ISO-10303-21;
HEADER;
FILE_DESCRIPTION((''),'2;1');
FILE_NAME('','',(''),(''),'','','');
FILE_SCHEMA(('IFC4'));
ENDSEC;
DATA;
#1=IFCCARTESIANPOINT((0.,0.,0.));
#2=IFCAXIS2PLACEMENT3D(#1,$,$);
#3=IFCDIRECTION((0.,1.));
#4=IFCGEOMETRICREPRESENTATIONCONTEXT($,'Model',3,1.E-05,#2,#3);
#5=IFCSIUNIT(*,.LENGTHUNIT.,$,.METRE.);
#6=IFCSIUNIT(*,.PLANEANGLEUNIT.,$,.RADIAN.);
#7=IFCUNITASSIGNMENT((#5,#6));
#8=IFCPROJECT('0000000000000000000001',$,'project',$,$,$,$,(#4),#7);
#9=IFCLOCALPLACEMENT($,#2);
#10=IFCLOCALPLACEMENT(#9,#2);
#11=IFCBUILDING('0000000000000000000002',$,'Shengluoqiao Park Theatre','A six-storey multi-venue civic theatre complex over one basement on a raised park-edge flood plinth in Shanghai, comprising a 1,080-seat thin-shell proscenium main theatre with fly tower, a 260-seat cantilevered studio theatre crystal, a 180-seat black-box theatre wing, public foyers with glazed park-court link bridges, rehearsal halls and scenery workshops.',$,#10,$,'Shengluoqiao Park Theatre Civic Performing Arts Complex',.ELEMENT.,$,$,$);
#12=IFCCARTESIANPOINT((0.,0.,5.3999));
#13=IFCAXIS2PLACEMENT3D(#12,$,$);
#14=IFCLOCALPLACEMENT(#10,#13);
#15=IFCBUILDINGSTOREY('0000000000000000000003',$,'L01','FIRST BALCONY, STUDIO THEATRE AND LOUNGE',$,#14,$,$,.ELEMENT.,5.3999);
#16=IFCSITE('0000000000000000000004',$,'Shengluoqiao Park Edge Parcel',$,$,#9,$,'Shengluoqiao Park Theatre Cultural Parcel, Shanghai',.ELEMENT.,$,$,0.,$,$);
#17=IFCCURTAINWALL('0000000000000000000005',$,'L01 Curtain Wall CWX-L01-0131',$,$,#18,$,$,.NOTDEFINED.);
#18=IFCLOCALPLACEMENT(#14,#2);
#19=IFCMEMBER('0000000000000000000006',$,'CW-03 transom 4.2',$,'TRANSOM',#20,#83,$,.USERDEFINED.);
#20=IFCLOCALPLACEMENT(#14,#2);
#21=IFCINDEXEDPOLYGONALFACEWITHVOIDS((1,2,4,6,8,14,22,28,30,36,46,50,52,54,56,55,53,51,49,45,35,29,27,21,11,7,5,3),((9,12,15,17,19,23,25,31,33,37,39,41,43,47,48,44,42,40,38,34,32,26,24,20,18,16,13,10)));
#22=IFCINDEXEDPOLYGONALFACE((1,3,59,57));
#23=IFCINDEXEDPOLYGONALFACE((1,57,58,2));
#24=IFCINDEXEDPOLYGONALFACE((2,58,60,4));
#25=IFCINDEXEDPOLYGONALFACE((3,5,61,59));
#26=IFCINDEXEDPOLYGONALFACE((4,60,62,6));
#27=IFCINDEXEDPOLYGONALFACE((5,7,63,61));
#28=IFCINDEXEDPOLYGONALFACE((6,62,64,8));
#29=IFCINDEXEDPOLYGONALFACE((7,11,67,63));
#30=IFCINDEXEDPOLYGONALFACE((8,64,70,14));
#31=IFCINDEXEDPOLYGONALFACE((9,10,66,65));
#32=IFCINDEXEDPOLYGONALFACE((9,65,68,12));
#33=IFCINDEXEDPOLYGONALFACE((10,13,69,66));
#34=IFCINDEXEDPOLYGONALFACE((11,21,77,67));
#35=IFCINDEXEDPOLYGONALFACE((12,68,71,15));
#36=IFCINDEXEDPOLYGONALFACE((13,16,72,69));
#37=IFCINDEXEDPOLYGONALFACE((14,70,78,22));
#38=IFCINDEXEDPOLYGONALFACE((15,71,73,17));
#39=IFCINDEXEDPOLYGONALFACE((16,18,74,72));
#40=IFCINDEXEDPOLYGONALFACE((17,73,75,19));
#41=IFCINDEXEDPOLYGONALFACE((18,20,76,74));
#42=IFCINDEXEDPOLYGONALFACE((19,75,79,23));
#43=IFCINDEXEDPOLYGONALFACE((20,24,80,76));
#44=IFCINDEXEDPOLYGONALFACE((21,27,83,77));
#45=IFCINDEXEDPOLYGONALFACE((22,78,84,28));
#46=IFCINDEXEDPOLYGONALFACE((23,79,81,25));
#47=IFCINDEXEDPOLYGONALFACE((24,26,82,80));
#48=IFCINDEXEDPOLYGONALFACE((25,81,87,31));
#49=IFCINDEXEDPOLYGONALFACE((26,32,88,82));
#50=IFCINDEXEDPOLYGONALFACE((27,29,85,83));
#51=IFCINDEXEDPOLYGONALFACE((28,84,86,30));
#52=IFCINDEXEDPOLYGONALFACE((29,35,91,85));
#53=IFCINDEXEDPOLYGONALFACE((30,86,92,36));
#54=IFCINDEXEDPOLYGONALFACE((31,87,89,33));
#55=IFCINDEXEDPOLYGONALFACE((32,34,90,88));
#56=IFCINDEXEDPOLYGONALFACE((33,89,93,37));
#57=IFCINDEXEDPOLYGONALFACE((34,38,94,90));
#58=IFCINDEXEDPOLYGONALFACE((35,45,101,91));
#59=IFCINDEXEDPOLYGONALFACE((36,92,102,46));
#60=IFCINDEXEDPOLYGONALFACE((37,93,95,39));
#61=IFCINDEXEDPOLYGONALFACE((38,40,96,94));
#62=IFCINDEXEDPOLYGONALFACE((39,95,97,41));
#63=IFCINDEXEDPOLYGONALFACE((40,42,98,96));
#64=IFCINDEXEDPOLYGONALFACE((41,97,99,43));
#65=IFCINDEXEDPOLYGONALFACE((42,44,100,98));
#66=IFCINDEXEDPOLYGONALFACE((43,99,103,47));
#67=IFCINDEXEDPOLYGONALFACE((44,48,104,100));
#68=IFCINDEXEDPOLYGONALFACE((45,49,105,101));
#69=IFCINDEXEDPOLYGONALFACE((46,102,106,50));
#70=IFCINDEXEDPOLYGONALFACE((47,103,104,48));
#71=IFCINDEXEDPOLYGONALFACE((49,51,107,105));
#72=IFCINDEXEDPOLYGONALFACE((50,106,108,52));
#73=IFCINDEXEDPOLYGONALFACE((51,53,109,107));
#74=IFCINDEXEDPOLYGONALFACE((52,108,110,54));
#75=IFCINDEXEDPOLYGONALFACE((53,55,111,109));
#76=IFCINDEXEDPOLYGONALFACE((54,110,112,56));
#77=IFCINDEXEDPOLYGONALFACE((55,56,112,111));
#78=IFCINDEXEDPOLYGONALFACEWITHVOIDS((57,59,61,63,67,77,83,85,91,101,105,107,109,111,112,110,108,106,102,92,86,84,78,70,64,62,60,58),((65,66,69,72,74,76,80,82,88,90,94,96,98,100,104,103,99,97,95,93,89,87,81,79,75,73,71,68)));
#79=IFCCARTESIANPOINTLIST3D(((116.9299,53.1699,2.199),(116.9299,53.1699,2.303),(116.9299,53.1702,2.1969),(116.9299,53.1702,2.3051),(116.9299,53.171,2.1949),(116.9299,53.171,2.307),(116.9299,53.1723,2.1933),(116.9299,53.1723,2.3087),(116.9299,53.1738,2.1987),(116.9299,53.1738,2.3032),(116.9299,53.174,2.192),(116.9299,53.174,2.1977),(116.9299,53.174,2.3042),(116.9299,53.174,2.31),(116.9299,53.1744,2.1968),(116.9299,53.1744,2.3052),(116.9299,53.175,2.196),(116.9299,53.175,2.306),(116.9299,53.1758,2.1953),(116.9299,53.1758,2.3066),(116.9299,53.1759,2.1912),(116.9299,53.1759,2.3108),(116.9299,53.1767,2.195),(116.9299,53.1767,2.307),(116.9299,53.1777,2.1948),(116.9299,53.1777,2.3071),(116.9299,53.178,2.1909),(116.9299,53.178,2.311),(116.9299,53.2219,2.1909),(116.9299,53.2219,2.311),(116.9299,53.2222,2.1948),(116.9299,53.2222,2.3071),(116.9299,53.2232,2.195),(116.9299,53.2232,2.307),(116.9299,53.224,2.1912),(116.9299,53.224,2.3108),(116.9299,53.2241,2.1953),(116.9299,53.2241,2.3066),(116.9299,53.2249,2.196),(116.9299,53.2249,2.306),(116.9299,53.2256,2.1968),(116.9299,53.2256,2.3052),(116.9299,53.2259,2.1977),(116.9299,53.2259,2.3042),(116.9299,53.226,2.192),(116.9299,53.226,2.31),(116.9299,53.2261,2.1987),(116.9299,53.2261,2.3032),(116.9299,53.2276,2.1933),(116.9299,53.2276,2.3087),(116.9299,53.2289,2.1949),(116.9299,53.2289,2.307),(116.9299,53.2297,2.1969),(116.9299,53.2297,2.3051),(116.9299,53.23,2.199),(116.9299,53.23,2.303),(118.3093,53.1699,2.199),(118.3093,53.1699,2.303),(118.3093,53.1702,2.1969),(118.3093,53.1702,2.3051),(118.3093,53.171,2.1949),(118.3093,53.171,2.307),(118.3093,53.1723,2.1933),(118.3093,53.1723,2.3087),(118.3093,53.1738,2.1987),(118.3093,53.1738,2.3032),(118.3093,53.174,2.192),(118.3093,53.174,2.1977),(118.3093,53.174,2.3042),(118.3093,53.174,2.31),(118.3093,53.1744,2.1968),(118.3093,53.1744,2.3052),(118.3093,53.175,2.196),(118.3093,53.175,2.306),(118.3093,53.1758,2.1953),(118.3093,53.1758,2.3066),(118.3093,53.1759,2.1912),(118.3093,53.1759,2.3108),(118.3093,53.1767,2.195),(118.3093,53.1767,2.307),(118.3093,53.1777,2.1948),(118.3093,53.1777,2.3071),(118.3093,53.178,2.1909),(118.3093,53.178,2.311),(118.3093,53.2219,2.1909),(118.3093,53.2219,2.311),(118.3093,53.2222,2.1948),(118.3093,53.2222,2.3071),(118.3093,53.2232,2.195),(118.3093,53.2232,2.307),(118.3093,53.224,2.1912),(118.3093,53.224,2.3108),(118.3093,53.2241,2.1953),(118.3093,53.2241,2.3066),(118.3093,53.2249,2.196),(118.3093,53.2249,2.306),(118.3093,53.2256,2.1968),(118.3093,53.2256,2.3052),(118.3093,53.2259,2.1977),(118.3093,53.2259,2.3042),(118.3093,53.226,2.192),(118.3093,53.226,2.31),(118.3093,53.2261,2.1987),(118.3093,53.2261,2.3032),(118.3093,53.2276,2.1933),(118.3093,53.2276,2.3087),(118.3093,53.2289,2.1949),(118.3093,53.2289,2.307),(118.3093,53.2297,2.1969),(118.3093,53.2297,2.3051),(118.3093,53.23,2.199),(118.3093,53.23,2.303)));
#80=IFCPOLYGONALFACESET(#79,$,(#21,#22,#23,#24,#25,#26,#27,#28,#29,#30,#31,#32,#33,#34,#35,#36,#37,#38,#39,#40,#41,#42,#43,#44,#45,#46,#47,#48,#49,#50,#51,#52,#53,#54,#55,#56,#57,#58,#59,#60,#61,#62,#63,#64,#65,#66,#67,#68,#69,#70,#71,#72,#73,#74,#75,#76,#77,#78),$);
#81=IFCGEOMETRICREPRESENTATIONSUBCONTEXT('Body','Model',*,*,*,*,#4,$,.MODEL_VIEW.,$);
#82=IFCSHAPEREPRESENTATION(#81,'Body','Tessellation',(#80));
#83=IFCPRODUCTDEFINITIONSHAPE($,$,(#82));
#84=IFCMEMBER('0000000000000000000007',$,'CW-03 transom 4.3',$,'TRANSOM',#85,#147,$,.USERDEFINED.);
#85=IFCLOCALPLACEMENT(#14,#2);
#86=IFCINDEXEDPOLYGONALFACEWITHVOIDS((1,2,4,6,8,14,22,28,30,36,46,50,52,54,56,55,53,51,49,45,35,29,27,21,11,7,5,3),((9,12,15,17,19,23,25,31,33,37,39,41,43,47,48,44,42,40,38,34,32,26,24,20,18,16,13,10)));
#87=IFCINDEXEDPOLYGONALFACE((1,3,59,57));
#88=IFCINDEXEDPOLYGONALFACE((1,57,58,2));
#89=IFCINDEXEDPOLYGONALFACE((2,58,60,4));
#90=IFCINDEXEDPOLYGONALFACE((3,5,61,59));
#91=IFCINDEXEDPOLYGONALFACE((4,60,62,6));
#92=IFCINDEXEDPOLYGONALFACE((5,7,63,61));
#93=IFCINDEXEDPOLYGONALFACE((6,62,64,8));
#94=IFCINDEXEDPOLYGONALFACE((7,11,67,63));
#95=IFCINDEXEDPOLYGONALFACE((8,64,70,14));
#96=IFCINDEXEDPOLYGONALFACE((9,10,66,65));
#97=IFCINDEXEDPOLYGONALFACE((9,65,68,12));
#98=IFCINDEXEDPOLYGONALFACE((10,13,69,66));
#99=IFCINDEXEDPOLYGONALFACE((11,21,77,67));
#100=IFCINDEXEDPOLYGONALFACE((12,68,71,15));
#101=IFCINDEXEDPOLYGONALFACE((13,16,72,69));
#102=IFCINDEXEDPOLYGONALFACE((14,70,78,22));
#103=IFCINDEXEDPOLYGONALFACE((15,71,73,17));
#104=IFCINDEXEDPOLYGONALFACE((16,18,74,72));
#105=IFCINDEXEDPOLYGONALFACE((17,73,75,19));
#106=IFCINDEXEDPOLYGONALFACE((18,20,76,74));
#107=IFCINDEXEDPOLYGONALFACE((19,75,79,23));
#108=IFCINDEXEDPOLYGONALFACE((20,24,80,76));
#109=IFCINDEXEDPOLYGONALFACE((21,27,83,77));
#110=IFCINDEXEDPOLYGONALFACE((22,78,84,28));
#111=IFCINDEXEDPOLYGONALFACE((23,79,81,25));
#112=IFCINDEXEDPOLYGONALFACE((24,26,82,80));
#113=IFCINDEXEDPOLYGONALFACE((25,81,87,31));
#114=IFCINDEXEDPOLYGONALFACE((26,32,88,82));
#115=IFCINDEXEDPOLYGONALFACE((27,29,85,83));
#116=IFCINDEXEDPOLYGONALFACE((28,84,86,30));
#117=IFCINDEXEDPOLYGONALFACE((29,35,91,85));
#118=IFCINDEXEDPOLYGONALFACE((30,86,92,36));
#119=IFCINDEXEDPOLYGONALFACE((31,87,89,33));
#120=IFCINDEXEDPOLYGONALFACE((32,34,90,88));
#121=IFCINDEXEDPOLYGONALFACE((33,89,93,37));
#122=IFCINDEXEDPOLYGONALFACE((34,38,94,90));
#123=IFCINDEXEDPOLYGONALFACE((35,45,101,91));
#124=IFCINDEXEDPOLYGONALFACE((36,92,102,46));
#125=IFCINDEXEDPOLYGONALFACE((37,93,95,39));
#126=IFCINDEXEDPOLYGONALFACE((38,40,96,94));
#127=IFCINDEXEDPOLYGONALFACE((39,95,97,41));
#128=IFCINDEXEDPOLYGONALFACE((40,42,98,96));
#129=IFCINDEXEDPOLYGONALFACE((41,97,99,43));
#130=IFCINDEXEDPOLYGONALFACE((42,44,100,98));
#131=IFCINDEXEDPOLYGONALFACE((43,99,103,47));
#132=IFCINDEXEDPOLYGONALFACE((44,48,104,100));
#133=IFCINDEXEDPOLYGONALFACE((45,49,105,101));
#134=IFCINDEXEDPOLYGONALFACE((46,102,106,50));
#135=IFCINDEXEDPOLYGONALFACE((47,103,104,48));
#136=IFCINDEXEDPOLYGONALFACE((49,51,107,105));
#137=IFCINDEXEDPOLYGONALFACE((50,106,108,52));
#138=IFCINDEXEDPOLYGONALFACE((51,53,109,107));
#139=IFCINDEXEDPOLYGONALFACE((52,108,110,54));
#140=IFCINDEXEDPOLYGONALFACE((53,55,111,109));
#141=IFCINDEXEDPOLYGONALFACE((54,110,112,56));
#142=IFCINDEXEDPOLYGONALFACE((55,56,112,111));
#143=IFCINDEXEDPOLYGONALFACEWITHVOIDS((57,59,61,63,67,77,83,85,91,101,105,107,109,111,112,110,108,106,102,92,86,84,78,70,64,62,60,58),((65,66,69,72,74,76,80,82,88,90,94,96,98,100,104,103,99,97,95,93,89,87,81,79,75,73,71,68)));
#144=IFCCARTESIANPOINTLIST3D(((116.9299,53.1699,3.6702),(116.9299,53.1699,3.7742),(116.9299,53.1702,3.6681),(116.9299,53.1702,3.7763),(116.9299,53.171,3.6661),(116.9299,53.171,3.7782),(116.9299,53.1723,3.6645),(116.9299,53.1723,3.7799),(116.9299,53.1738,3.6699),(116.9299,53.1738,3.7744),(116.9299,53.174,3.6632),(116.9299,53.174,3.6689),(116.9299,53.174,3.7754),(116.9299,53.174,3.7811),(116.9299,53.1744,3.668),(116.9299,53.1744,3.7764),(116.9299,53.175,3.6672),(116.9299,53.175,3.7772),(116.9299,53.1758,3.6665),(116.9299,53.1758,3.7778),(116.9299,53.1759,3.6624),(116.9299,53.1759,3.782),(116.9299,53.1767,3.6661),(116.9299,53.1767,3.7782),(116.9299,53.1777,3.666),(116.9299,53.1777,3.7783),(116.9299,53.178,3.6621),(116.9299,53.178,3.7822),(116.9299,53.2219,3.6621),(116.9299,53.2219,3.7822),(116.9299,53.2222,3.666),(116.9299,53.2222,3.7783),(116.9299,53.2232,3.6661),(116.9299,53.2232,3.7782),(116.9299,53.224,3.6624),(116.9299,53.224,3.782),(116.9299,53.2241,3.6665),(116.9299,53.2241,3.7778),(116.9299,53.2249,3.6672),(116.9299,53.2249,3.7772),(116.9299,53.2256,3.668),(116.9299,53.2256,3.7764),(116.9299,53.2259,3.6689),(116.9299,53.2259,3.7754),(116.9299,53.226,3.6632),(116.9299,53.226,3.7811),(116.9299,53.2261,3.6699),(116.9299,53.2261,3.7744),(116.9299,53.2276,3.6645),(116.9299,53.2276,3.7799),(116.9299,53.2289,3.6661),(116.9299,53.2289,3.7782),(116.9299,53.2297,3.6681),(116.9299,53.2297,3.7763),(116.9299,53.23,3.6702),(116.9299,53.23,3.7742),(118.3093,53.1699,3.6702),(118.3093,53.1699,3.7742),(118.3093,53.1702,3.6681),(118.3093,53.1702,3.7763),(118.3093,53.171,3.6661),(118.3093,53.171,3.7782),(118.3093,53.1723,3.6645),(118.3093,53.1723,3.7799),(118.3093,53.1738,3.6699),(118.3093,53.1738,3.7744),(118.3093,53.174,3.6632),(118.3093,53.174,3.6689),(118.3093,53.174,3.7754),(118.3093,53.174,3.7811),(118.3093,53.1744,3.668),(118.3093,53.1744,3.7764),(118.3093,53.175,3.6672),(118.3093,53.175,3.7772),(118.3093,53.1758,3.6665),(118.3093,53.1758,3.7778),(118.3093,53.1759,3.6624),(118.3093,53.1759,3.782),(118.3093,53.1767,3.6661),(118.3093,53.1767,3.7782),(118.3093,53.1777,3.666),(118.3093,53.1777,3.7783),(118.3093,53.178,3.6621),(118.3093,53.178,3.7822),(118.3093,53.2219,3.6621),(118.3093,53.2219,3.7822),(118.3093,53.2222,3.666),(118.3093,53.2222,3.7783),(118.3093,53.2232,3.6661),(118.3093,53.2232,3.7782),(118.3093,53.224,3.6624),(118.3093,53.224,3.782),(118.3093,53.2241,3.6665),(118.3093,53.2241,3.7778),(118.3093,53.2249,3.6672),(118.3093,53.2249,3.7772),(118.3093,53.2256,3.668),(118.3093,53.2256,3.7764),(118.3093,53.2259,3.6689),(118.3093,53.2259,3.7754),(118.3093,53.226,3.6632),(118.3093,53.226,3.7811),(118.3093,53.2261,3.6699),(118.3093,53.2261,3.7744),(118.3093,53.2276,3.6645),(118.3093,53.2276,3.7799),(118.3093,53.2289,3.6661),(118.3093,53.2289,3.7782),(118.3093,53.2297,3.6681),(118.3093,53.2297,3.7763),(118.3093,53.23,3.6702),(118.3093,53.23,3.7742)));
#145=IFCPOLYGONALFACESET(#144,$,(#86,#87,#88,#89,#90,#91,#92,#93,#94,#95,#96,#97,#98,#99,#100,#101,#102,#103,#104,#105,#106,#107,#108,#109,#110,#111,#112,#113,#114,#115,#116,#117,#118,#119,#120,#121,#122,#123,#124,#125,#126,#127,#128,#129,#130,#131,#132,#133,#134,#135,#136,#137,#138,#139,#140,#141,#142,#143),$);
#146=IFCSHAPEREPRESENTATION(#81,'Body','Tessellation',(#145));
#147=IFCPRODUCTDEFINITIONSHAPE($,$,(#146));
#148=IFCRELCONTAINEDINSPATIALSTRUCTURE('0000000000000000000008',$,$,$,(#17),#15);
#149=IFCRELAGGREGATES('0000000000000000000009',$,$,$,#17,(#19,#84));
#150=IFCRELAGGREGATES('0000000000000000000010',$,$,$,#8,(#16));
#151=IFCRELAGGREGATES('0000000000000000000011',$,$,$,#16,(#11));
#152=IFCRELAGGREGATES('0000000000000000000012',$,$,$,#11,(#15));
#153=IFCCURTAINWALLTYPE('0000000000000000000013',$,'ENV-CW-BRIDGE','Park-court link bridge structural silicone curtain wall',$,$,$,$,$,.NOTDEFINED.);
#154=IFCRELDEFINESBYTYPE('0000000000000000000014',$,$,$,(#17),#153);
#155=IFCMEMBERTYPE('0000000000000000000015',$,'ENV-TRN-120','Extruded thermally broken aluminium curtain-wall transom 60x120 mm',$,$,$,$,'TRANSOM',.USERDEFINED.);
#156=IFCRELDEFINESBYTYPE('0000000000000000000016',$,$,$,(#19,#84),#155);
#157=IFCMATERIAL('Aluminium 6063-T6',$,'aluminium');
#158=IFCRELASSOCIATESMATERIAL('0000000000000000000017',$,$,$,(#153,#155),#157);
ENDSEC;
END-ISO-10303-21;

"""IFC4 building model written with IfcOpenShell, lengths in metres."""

from ifc_helpers import new_model, si_unit, direction, frame, origin, origin_2d, place, context, subcontext, project, spatial, hollow_rectangle, extrude, material, material_profile, profile_set, type_object, element, aggregate, save


model = new_model("IFC4")

# Units and contexts
model_context = context("Model", 3, precision=1e-05, world=origin(), true_north=direction((0.0, 1.0)))
body_context = subcontext(model_context, "Body", "Model", "MODEL_VIEW")
ifc_project = project(units=[si_unit("LENGTHUNIT", "METRE"), si_unit("PLANEANGLEUNIT", "RADIAN")], contexts=[model_context])

# Site, building, storey
site_placement = place(None, origin())
site = spatial("IfcSite", under=ifc_project, at=site_placement, Name="Shengluoqiao Park Edge Parcel", LongName="Shengluoqiao Park Theatre Cultural Parcel, Shanghai", CompositionType="ELEMENT", RefElevation=0.0)
building_placement = place(site_placement, origin())
building = spatial("IfcBuilding", under=site, at=building_placement, Name="Shengluoqiao Park Theatre", Description="A six-storey multi-venue civic theatre complex over one basement on a raised park-edge flood plinth in Shanghai, comprising a 1,080-seat thin-shell proscenium main theatre with fly tower, a 260-seat cantilevered studio theatre crystal, a 180-seat black-box theatre wing, public foyers with glazed park-court link bridges, rehearsal halls and scenery workshops.", LongName="Shengluoqiao Park Theatre Civic Performing Arts Complex", CompositionType="ELEMENT")
storey_placement = place(building_placement, frame((0.0, 0.0, 5.3999)))
storey = spatial("IfcBuildingStorey", under=building, at=storey_placement, Name="L01", Description="FIRST BALCONY, STUDIO THEATRE AND LOUNGE", CompositionType="ELEMENT", Elevation=5.3999)

# Curtain wall
ifc_material_1 = material(Name="Aluminium 6063-T6", Category="aluminium")
curtain_wall_type = type_object("IfcCurtainWallType", Name="ENV-CW-BRIDGE", Description="Park-court link bridge structural silicone curtain wall", PredefinedType="NOTDEFINED", material=ifc_material_1)
curtain_wall_1_placement = place(storey_placement, origin())
curtain_wall_1 = element("IfcCurtainWall", 1, at=curtain_wall_1_placement, inside=storey, type_object=curtain_wall_type, Name="L01 Curtain Wall CWX-L01-0131", PredefinedType="NOTDEFINED")

# Members
ifc_material_profile_1 = material_profile(ifc_material_1, hollow_rectangle(XDim=0.0601, YDim=0.1201, WallThickness=0.0039, InnerFilletRadius=0.0039, OuterFilletRadius=0.0081, at=origin_2d()), Name="ALU TRANSOM 120x60x4")
ifc_profile_set_1 = profile_set([ifc_material_profile_1], Name="Aluminium 6063-T6")
member_type_1 = type_object("IfcMemberType", Name="ENV-TRN-120", Description="Extruded thermally broken aluminium curtain-wall transom 60x120 mm", ElementType="TRANSOM", PredefinedType="USERDEFINED", material=ifc_profile_set_1)
member_1_placement = place(storey_placement, frame((116.9299, 53.2, 2.251), z_axis=(1.0, 0.0, 0.0), x_axis=(0.0, 1.0, 0.0)))
member_1 = element("IfcMember", 2, at=member_1_placement, type_object=member_type_1, Name="CW-03 transom 4.2", ObjectType="TRANSOM", PredefinedType="USERDEFINED", context=body_context, shape_type="SweptSolid", body=[
    extrude(hollow_rectangle(XDim=0.0601, YDim=0.1201, WallThickness=0.0039, InnerFilletRadius=0.0039, OuterFilletRadius=0.0081, at=origin_2d()), origin(), (0.0, 0.0, 1.0), 1.3794),
])
member_2_placement = place(storey_placement, frame((116.9299, 53.2, 3.7222), z_axis=(1.0, 0.0, 0.0), x_axis=(0.0, 1.0, 0.0)))
member_2 = element("IfcMember", 3, at=member_2_placement, type_object=member_type_1, Name="CW-03 transom 4.3", ObjectType="TRANSOM", PredefinedType="USERDEFINED", context=body_context, shape_type="SweptSolid", body=[
    extrude(hollow_rectangle(XDim=0.0601, YDim=0.1201, WallThickness=0.0039, InnerFilletRadius=0.0039, OuterFilletRadius=0.0081, at=origin_2d()), origin(), (0.0, 0.0, 1.0), 1.3794),
])

aggregate(curtain_wall_1, [member_1, member_2])

save(model, "model.ifc")
